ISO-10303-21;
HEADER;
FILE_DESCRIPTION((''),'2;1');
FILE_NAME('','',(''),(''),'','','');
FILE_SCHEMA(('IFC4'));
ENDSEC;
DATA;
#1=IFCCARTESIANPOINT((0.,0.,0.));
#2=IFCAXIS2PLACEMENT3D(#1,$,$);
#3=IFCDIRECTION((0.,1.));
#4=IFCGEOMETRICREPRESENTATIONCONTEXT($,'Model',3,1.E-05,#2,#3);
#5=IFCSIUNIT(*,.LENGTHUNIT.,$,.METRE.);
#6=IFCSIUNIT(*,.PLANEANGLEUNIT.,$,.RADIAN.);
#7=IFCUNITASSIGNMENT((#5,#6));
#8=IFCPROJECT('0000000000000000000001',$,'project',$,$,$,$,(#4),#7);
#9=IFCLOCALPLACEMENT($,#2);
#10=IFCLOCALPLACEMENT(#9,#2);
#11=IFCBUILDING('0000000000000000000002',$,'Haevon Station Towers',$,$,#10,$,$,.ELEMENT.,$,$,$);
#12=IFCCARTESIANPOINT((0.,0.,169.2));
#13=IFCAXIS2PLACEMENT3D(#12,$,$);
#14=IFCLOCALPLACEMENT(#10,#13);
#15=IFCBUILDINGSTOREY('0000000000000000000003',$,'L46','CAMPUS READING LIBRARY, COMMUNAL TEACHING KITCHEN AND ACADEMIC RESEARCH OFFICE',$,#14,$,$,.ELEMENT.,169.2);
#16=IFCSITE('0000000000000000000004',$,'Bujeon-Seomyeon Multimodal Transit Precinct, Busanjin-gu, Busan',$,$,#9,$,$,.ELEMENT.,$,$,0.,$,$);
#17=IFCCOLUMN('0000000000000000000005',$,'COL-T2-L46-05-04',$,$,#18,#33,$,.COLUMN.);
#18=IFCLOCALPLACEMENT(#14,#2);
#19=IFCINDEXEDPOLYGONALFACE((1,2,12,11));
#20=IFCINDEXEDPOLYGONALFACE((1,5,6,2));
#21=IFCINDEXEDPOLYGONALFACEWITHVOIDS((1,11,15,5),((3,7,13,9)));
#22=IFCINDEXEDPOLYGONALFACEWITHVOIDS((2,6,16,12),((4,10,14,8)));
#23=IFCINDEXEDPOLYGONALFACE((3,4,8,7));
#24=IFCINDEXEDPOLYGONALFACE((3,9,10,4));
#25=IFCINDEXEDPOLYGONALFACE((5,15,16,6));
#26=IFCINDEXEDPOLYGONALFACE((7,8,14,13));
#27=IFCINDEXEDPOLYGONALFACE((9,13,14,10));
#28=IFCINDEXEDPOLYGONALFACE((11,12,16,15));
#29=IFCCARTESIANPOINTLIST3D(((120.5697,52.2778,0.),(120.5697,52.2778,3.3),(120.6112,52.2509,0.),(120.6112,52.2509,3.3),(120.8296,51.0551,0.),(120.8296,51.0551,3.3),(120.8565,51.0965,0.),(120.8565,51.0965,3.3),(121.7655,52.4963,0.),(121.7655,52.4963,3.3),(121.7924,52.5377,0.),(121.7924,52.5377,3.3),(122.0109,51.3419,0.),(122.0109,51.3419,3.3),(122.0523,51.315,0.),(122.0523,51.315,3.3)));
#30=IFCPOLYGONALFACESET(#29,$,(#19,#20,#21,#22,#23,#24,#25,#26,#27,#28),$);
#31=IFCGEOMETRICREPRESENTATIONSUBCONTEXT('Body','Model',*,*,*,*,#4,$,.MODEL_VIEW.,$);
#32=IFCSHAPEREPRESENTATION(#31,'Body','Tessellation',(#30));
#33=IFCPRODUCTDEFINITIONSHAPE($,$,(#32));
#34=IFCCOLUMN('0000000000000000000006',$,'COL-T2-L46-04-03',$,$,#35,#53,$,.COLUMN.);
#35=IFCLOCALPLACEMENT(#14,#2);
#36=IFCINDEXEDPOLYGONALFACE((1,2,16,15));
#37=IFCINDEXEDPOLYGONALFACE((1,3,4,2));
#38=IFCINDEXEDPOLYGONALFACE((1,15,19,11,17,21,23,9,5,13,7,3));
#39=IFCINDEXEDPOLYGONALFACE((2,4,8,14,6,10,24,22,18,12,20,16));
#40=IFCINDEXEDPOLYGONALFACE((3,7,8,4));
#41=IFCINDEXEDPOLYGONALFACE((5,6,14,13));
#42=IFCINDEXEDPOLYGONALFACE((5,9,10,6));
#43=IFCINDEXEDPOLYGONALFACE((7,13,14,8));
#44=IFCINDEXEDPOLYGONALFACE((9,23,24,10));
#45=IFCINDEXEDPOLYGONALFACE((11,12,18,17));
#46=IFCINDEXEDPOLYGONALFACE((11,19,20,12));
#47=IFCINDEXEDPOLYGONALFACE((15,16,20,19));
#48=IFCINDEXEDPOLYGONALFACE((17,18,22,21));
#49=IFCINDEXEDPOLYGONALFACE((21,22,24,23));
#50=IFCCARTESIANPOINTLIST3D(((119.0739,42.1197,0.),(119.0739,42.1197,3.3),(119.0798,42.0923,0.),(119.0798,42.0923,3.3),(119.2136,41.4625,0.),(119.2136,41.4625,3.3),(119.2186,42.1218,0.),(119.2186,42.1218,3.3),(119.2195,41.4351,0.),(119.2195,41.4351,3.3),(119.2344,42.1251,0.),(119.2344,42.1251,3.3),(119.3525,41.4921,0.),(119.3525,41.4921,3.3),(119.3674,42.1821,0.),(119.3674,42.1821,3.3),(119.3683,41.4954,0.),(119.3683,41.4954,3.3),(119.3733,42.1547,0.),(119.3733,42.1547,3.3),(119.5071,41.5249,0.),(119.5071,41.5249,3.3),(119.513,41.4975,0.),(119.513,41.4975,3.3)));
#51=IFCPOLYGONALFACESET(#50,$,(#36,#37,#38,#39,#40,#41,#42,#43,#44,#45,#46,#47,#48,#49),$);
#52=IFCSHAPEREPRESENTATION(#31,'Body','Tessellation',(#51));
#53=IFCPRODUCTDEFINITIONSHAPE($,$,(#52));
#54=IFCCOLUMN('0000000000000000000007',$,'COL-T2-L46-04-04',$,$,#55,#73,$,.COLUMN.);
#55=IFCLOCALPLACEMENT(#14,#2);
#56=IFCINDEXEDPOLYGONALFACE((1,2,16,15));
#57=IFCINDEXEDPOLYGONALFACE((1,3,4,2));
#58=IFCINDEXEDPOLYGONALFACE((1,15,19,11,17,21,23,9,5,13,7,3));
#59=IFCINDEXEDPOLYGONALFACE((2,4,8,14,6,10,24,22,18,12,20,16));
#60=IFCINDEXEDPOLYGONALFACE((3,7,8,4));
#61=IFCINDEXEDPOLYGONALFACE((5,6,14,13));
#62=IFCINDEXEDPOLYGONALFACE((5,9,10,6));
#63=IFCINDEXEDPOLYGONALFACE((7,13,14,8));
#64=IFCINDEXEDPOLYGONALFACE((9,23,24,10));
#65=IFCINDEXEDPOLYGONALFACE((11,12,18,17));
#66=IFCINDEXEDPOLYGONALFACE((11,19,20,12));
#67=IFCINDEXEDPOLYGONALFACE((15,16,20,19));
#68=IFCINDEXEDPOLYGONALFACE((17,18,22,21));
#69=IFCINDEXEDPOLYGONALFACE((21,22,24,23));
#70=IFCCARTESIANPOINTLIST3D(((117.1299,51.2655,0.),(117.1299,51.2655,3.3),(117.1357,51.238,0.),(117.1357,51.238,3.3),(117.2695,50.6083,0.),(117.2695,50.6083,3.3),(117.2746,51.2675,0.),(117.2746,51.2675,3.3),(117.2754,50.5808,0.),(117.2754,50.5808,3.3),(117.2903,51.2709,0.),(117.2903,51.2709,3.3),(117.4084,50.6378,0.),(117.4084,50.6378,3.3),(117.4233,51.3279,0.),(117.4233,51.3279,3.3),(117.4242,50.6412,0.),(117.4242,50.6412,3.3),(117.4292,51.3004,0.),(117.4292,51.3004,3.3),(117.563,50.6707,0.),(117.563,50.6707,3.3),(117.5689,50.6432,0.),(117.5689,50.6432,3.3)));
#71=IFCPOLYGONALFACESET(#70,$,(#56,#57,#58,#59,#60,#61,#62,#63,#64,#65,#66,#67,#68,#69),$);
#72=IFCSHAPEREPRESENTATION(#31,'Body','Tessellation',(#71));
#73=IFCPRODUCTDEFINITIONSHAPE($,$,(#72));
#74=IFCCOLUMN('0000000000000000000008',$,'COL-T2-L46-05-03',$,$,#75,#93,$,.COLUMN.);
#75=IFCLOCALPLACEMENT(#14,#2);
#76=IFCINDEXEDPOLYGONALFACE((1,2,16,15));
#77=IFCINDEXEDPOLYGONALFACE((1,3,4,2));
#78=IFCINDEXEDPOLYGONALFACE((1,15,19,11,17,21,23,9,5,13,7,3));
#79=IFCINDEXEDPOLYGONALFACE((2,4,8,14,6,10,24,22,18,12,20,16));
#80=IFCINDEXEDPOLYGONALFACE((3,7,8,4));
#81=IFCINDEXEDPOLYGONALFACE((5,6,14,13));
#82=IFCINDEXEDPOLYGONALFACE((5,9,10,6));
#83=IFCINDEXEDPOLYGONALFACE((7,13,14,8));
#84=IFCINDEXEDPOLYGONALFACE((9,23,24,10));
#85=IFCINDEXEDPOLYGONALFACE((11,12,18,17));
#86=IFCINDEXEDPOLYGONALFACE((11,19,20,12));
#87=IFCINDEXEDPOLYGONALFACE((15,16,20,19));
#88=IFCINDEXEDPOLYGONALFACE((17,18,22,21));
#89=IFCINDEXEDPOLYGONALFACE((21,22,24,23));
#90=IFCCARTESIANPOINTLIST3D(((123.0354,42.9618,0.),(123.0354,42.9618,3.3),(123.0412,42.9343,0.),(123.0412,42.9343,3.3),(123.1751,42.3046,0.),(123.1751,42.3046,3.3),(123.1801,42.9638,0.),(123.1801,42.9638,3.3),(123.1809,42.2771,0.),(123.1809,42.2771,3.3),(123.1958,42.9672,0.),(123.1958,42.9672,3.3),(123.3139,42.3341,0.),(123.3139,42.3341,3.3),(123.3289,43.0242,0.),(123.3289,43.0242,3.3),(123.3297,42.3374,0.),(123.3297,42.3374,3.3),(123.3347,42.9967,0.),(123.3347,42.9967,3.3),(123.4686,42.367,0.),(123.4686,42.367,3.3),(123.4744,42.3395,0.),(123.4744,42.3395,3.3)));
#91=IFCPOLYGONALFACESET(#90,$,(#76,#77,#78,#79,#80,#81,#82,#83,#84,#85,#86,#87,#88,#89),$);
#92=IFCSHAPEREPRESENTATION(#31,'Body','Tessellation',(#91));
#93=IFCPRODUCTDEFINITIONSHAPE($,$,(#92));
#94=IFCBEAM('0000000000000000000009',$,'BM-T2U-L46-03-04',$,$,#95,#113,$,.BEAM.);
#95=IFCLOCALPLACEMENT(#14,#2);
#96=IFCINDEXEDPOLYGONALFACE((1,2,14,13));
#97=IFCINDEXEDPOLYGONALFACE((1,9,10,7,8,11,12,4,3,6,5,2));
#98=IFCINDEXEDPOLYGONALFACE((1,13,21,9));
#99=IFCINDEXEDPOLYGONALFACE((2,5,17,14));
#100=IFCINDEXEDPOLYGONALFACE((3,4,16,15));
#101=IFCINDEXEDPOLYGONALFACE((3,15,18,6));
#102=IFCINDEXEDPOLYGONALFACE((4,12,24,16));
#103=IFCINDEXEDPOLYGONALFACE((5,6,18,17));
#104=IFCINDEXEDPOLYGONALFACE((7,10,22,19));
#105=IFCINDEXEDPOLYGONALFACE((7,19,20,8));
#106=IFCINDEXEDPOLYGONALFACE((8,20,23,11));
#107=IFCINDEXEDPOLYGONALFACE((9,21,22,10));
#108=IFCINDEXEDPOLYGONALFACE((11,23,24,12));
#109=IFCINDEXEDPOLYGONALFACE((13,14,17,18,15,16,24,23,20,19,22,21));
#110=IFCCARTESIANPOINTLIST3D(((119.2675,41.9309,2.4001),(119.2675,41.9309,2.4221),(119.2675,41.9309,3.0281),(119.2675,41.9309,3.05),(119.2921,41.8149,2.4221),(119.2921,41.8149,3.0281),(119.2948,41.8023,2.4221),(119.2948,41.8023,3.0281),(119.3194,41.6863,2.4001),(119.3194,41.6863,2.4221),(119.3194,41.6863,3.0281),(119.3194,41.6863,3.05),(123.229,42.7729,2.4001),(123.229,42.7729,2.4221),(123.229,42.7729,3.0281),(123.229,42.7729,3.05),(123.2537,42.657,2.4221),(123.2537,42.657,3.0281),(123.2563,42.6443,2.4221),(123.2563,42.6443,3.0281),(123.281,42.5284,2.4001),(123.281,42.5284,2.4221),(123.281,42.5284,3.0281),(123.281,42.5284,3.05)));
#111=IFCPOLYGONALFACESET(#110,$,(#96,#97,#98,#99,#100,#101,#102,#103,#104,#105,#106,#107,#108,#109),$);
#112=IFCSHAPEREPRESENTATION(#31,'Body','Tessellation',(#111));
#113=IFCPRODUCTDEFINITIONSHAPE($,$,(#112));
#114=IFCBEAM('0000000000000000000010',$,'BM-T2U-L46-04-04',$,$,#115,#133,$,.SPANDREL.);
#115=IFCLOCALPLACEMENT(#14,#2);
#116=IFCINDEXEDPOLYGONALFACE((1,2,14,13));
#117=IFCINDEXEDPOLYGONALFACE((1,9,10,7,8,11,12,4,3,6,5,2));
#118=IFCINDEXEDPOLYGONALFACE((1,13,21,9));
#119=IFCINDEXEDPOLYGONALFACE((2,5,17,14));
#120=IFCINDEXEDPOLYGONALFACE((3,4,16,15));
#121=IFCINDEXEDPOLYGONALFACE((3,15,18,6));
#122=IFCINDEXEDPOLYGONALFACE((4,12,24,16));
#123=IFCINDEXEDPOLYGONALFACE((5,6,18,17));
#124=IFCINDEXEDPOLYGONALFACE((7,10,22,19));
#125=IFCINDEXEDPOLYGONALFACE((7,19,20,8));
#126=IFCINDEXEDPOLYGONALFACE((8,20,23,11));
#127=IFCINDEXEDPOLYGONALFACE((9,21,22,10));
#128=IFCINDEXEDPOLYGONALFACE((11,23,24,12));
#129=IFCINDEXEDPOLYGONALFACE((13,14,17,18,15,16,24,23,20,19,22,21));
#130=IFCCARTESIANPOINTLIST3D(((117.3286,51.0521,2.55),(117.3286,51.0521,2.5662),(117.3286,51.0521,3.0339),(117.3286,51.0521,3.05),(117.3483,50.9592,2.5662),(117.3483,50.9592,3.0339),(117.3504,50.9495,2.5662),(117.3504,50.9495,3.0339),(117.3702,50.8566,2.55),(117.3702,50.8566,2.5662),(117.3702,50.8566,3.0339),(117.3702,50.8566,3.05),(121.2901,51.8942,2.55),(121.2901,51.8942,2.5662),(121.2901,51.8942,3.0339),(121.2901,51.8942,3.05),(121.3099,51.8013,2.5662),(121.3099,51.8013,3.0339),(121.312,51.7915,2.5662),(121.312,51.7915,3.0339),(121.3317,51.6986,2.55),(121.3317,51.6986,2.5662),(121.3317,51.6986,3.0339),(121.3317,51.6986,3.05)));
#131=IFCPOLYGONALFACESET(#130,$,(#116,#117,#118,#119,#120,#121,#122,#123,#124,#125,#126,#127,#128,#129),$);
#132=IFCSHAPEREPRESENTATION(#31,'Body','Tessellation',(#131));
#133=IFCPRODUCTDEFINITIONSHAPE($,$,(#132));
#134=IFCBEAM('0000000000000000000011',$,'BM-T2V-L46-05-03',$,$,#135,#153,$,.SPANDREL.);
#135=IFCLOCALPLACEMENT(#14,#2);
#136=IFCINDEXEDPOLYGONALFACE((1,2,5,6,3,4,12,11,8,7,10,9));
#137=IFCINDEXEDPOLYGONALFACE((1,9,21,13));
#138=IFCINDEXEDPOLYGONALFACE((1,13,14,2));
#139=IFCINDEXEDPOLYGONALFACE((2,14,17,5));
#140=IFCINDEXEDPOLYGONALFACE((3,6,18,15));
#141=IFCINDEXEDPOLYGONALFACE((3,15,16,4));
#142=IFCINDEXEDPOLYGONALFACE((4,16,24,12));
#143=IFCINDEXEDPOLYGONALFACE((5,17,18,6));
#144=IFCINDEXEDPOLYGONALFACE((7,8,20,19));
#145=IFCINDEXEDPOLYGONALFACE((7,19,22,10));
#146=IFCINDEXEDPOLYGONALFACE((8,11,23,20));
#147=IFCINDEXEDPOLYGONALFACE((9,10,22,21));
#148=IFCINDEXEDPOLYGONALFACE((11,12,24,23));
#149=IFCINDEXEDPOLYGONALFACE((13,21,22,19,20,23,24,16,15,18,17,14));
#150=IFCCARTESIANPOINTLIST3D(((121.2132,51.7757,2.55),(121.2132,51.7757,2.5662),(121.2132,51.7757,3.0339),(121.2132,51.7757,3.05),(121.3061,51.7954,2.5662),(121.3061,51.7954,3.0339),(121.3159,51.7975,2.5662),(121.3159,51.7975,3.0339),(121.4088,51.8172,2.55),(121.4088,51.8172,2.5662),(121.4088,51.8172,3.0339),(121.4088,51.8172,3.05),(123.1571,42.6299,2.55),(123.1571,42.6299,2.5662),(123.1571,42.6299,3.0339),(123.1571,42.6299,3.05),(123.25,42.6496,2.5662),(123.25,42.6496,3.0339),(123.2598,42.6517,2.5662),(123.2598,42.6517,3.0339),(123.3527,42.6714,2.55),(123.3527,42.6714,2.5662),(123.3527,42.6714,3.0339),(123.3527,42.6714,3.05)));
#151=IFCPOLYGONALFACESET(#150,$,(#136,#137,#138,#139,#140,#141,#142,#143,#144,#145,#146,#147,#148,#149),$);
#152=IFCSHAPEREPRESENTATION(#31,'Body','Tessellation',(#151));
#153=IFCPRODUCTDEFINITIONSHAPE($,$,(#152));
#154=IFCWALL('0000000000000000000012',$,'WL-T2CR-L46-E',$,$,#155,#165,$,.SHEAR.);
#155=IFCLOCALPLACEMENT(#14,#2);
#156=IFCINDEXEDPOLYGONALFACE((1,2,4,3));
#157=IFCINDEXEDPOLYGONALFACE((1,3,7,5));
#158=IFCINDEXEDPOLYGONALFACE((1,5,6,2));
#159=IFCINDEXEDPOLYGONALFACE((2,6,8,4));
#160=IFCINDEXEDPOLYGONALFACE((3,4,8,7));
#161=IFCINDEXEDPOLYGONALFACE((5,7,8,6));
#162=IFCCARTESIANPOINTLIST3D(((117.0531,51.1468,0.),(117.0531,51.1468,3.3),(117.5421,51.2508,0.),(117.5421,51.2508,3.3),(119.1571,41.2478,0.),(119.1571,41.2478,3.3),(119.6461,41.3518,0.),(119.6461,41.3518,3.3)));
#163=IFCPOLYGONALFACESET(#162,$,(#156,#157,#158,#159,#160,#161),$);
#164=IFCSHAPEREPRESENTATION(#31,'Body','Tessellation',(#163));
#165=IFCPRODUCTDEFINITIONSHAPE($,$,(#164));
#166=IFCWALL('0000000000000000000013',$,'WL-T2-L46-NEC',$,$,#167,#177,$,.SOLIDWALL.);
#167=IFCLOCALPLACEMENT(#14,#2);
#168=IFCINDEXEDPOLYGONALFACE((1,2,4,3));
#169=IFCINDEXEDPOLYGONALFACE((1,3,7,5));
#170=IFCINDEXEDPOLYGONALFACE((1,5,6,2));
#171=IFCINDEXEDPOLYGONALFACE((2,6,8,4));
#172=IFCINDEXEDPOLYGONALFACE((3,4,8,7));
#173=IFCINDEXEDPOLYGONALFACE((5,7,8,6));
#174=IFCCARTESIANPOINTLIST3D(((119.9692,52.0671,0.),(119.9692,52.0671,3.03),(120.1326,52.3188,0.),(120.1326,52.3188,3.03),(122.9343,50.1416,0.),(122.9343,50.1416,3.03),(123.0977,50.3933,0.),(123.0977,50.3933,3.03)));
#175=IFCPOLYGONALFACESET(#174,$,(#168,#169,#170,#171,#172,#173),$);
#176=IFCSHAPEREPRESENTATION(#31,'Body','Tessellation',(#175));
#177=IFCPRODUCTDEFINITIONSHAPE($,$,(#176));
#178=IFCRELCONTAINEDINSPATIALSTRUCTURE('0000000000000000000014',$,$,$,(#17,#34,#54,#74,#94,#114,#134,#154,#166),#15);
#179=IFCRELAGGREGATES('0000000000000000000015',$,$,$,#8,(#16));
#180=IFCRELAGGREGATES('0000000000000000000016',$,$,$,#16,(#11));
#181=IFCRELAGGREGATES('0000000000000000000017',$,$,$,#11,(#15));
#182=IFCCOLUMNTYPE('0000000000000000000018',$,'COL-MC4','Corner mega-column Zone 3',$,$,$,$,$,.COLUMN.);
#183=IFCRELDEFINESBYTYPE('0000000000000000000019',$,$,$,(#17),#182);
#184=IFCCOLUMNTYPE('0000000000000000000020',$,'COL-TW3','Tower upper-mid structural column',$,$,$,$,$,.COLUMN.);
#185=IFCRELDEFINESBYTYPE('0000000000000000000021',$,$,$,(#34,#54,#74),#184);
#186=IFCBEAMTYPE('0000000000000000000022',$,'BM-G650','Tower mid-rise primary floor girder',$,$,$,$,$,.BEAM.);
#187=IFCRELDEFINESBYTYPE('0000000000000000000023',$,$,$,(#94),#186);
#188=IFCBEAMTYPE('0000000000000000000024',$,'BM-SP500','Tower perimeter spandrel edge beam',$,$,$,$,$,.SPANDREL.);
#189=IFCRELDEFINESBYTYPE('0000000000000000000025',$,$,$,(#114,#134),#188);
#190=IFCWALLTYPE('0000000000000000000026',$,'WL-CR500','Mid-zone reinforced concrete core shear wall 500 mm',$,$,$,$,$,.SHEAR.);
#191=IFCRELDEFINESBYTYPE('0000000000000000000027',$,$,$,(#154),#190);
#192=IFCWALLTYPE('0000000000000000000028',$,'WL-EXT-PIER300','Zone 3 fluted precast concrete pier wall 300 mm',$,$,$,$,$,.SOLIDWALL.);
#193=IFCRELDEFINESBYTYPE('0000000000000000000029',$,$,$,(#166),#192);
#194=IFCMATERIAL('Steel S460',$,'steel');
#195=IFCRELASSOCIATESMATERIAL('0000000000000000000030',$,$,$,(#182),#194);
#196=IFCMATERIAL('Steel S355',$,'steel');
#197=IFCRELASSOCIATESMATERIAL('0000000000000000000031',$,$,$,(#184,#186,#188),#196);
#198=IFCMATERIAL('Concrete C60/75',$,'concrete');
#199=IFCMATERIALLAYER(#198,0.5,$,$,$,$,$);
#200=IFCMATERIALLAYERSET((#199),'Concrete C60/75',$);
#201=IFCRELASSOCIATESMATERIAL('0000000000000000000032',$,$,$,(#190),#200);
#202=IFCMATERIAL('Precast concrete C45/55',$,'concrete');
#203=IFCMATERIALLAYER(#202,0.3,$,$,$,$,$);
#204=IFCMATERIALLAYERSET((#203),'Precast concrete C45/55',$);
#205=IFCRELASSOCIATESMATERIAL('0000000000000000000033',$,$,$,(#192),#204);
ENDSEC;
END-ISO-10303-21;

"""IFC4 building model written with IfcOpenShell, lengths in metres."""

from ifc_helpers import new_model, si_unit, direction, frame, frame_2d, origin, origin_2d, place, context, subcontext, project, spatial, rectangle, hollow_rectangle, i_section, extrude, material, layer, layer_set, material_profile, profile_set, type_object, element, save


model = new_model("IFC4")

# Units and contexts
model_context = context("Model", 3, precision=1e-05, world=origin(), true_north=direction((0.0, 1.0)))
body_context = subcontext(model_context, "Body", "Model", "MODEL_VIEW")
ifc_project = project(units=[si_unit("LENGTHUNIT", "METRE"), si_unit("PLANEANGLEUNIT", "RADIAN")], contexts=[model_context])

# Site, building, storey
site_placement = place(None, origin())
site = spatial("IfcSite", under=ifc_project, at=site_placement, Name="Bujeon-Seomyeon Multimodal Transit Precinct, Busanjin-gu, Busan", CompositionType="ELEMENT", RefElevation=0.0)
building_placement = place(site_placement, origin())
building = spatial("IfcBuilding", under=site, at=building_placement, Name="Haevon Station Towers", CompositionType="ELEMENT")
storey_placement = place(building_placement, frame((0.0, 0.0, 169.2)))
storey = spatial("IfcBuildingStorey", under=building, at=storey_placement, Name="L46", Description="CAMPUS READING LIBRARY, COMMUNAL TEACHING KITCHEN AND ACADEMIC RESEARCH OFFICE", CompositionType="ELEMENT", Elevation=169.2)

# Columns
ifc_material_1 = material(Name="Steel S460", Category="steel")
ifc_material_profile_1 = material_profile(ifc_material_1, hollow_rectangle(XDim=1.25, YDim=1.25, WallThickness=0.0349, at=origin_2d()), Name="BOX-1250x1250x35")
ifc_profile_set_1 = profile_set([ifc_material_profile_1], Name="Steel S460")
column_type_1 = type_object("IfcColumnType", Name="COL-MC4", Description="Corner mega-column Zone 3", PredefinedType="COLUMN", material=ifc_profile_set_1)
column_placement = place(storey_placement, frame((121.311, 51.7964, 0.0), z_axis=(0.0, 0.0, 1.0), x_axis=(0.978148, 0.207912, 0.0)))
element("IfcColumn", 1, at=column_placement, inside=storey, type_object=column_type_1, Name="COL-T2-L46-05-04", PredefinedType="COLUMN", context=body_context, shape_type="SweptSolid", body=[
    extrude(hollow_rectangle(XDim=1.25, YDim=1.25, WallThickness=0.0349, at=origin_2d()), origin(), (0.0, 0.0, 1.0), 3.3),
])
ifc_material_2 = material(Name="Steel S355", Category="steel")
ifc_material_profile_2 = material_profile(ifc_material_2, i_section(OverallWidth=0.3, OverallDepth=0.7, WebThickness=0.0161, FlangeThickness=0.0281, at=origin_2d()), Name="H-700x300x16x28")
ifc_profile_set_2 = profile_set([ifc_material_profile_2], Name="Steel S355")
column_type_2 = type_object("IfcColumnType", Name="COL-TW3", Description="Tower upper-mid structural column", PredefinedType="COLUMN", material=ifc_profile_set_2)
for number, where, z_axis, x_axis, name in (
    (2, (119.2935, 41.8086, 0.0), (0.0, 0.0, 1.0), (0.978148, 0.207912, 0.0), "COL-T2-L46-04-03"),
    (3, (117.3494, 50.9543, 0.0), (0.0, 0.0, 1.0), (0.978148, 0.207912, 0.0), "COL-T2-L46-04-04"),
    (4, (123.2549, 42.6506, 0.0), (0.0, 0.0, 1.0), (0.978148, 0.207912, 0.0), "COL-T2-L46-05-03"),
):
    element("IfcColumn", number, at=place(storey_placement, frame(where, z_axis=z_axis, x_axis=x_axis)), inside=storey, type_object=column_type_2, Name=name, PredefinedType="COLUMN", context=body_context, shape_type="SweptSolid", body=[
        extrude(i_section(OverallWidth=0.3, OverallDepth=0.7, WebThickness=0.0161, FlangeThickness=0.0281, at=origin_2d()), origin(), (0.0, 0.0, 1.0), 3.3),
    ])

# Beams
ifc_material_profile_3 = material_profile(ifc_material_2, i_section(OverallWidth=0.25, OverallDepth=0.6499, WebThickness=0.0129, FlangeThickness=0.022, at=origin_2d()), Name="H-650x250x13x22")
ifc_profile_set_3 = profile_set([ifc_material_profile_3], Name="Steel S355")
beam_type_1 = type_object("IfcBeamType", Name="BM-G650", Description="Tower mid-rise primary floor girder", PredefinedType="BEAM", material=ifc_profile_set_3)
beam_1_placement = place(storey_placement, frame((119.2935, 41.8086, 2.7251), z_axis=(0.978147, 0.207915, 0.0), x_axis=(-0.207915, 0.978147, 0.0)))
element("IfcBeam", 5, at=beam_1_placement, inside=storey, type_object=beam_type_1, Name="BM-T2U-L46-03-04", PredefinedType="BEAM", context=body_context, shape_type="SweptSolid", body=[
    extrude(i_section(OverallWidth=0.25, OverallDepth=0.6499, WebThickness=0.0129, FlangeThickness=0.022, at=origin_2d()), origin(), (0.0, 0.0, 1.0), 4.05),
])
ifc_material_profile_4 = material_profile(ifc_material_2, i_section(OverallWidth=0.2, OverallDepth=0.5, WebThickness=0.01, FlangeThickness=0.0161, at=origin_2d()), Name="H-500x200x10x16")
ifc_profile_set_4 = profile_set([ifc_material_profile_4], Name="Steel S355")
beam_type_2 = type_object("IfcBeamType", Name="BM-SP500", Description="Tower perimeter spandrel edge beam", PredefinedType="SPANDREL", material=ifc_profile_set_4)
beam_2_placement = place(storey_placement, frame((117.3494, 50.9543, 2.8), z_axis=(0.97815, 0.207903, 0.0), x_axis=(-0.207903, 0.97815, 0.0)))
element("IfcBeam", 6, at=beam_2_placement, inside=storey, type_object=beam_type_2, Name="BM-T2U-L46-04-04", PredefinedType="SPANDREL", context=body_context, shape_type="SweptSolid", body=[
    extrude(i_section(OverallWidth=0.2, OverallDepth=0.5, WebThickness=0.01, FlangeThickness=0.0161, at=origin_2d()), origin(), (0.0, 0.0, 1.0), 4.05),
])
beam_3_placement = place(storey_placement, frame((123.2549, 42.6506, 2.8), z_axis=(-0.207897, 0.978151, 0.0), x_axis=(-0.978151, -0.207897, 0.0)))
element("IfcBeam", 7, at=beam_3_placement, inside=storey, type_object=beam_type_2, Name="BM-T2V-L46-05-03", PredefinedType="SPANDREL", context=body_context, shape_type="SweptSolid", body=[
    extrude(i_section(OverallWidth=0.2, OverallDepth=0.5, WebThickness=0.01, FlangeThickness=0.0161, at=origin_2d()), origin(), (0.0, 0.0, 1.0), 9.3501),
])

# Walls
ifc_material_3 = material(Name="Concrete C60/75", Category="concrete")
ifc_layer_1 = layer(ifc_material_3, 0.5)
ifc_layer_set_1 = layer_set([ifc_layer_1], Name="Concrete C60/75")
wall_type_1 = type_object("IfcWallType", Name="WL-CR500", Description="Mid-zone reinforced concrete core shear wall 500 mm", PredefinedType="SHEAR", material=ifc_layer_set_1)
wall_1_placement = place(storey_placement, frame((119.4016, 41.2998, 0.0), z_axis=(0.0, 0.0, 1.0), x_axis=(-0.207904, 0.978149, 0.0)))
element("IfcWall", 8, at=wall_1_placement, inside=storey, type_object=wall_type_1, Name="WL-T2CR-L46-E", PredefinedType="SHEAR", context=body_context, shape_type="SweptSolid", body=[
    extrude(rectangle(XDim=10.1201, YDim=0.5, at=frame_2d((5.0601, 0.0))), origin(), (0.0, 0.0, 1.0), 3.3),
])
ifc_material_4 = material(Name="Precast concrete C45/55", Category="concrete")
ifc_layer_2 = layer(ifc_material_4, 0.3)
ifc_layer_set_2 = layer_set([ifc_layer_2], Name="Precast concrete C45/55")
wall_type_2 = type_object("IfcWallType", Name="WL-EXT-PIER300", Description="Zone 3 fluted precast concrete pier wall 300 mm", PredefinedType="SOLIDWALL", material=ifc_layer_set_2)
wall_2_placement = place(storey_placement, frame((120.051, 52.1929, 0.0), z_axis=(0.0, 0.0, 1.0), x_axis=(0.838672, -0.544636, 0.0)))
element("IfcWall", 9, at=wall_2_placement, inside=storey, type_object=wall_type_2, Name="WL-T2-L46-NEC", PredefinedType="SOLIDWALL", context=body_context, shape_type="SweptSolid", body=[
    extrude(rectangle(XDim=3.5354, YDim=0.3, at=frame_2d((1.7676, 0.0))), origin(), (0.0, 0.0, 1.0), 3.03),
])

save(model, "model.ifc")
